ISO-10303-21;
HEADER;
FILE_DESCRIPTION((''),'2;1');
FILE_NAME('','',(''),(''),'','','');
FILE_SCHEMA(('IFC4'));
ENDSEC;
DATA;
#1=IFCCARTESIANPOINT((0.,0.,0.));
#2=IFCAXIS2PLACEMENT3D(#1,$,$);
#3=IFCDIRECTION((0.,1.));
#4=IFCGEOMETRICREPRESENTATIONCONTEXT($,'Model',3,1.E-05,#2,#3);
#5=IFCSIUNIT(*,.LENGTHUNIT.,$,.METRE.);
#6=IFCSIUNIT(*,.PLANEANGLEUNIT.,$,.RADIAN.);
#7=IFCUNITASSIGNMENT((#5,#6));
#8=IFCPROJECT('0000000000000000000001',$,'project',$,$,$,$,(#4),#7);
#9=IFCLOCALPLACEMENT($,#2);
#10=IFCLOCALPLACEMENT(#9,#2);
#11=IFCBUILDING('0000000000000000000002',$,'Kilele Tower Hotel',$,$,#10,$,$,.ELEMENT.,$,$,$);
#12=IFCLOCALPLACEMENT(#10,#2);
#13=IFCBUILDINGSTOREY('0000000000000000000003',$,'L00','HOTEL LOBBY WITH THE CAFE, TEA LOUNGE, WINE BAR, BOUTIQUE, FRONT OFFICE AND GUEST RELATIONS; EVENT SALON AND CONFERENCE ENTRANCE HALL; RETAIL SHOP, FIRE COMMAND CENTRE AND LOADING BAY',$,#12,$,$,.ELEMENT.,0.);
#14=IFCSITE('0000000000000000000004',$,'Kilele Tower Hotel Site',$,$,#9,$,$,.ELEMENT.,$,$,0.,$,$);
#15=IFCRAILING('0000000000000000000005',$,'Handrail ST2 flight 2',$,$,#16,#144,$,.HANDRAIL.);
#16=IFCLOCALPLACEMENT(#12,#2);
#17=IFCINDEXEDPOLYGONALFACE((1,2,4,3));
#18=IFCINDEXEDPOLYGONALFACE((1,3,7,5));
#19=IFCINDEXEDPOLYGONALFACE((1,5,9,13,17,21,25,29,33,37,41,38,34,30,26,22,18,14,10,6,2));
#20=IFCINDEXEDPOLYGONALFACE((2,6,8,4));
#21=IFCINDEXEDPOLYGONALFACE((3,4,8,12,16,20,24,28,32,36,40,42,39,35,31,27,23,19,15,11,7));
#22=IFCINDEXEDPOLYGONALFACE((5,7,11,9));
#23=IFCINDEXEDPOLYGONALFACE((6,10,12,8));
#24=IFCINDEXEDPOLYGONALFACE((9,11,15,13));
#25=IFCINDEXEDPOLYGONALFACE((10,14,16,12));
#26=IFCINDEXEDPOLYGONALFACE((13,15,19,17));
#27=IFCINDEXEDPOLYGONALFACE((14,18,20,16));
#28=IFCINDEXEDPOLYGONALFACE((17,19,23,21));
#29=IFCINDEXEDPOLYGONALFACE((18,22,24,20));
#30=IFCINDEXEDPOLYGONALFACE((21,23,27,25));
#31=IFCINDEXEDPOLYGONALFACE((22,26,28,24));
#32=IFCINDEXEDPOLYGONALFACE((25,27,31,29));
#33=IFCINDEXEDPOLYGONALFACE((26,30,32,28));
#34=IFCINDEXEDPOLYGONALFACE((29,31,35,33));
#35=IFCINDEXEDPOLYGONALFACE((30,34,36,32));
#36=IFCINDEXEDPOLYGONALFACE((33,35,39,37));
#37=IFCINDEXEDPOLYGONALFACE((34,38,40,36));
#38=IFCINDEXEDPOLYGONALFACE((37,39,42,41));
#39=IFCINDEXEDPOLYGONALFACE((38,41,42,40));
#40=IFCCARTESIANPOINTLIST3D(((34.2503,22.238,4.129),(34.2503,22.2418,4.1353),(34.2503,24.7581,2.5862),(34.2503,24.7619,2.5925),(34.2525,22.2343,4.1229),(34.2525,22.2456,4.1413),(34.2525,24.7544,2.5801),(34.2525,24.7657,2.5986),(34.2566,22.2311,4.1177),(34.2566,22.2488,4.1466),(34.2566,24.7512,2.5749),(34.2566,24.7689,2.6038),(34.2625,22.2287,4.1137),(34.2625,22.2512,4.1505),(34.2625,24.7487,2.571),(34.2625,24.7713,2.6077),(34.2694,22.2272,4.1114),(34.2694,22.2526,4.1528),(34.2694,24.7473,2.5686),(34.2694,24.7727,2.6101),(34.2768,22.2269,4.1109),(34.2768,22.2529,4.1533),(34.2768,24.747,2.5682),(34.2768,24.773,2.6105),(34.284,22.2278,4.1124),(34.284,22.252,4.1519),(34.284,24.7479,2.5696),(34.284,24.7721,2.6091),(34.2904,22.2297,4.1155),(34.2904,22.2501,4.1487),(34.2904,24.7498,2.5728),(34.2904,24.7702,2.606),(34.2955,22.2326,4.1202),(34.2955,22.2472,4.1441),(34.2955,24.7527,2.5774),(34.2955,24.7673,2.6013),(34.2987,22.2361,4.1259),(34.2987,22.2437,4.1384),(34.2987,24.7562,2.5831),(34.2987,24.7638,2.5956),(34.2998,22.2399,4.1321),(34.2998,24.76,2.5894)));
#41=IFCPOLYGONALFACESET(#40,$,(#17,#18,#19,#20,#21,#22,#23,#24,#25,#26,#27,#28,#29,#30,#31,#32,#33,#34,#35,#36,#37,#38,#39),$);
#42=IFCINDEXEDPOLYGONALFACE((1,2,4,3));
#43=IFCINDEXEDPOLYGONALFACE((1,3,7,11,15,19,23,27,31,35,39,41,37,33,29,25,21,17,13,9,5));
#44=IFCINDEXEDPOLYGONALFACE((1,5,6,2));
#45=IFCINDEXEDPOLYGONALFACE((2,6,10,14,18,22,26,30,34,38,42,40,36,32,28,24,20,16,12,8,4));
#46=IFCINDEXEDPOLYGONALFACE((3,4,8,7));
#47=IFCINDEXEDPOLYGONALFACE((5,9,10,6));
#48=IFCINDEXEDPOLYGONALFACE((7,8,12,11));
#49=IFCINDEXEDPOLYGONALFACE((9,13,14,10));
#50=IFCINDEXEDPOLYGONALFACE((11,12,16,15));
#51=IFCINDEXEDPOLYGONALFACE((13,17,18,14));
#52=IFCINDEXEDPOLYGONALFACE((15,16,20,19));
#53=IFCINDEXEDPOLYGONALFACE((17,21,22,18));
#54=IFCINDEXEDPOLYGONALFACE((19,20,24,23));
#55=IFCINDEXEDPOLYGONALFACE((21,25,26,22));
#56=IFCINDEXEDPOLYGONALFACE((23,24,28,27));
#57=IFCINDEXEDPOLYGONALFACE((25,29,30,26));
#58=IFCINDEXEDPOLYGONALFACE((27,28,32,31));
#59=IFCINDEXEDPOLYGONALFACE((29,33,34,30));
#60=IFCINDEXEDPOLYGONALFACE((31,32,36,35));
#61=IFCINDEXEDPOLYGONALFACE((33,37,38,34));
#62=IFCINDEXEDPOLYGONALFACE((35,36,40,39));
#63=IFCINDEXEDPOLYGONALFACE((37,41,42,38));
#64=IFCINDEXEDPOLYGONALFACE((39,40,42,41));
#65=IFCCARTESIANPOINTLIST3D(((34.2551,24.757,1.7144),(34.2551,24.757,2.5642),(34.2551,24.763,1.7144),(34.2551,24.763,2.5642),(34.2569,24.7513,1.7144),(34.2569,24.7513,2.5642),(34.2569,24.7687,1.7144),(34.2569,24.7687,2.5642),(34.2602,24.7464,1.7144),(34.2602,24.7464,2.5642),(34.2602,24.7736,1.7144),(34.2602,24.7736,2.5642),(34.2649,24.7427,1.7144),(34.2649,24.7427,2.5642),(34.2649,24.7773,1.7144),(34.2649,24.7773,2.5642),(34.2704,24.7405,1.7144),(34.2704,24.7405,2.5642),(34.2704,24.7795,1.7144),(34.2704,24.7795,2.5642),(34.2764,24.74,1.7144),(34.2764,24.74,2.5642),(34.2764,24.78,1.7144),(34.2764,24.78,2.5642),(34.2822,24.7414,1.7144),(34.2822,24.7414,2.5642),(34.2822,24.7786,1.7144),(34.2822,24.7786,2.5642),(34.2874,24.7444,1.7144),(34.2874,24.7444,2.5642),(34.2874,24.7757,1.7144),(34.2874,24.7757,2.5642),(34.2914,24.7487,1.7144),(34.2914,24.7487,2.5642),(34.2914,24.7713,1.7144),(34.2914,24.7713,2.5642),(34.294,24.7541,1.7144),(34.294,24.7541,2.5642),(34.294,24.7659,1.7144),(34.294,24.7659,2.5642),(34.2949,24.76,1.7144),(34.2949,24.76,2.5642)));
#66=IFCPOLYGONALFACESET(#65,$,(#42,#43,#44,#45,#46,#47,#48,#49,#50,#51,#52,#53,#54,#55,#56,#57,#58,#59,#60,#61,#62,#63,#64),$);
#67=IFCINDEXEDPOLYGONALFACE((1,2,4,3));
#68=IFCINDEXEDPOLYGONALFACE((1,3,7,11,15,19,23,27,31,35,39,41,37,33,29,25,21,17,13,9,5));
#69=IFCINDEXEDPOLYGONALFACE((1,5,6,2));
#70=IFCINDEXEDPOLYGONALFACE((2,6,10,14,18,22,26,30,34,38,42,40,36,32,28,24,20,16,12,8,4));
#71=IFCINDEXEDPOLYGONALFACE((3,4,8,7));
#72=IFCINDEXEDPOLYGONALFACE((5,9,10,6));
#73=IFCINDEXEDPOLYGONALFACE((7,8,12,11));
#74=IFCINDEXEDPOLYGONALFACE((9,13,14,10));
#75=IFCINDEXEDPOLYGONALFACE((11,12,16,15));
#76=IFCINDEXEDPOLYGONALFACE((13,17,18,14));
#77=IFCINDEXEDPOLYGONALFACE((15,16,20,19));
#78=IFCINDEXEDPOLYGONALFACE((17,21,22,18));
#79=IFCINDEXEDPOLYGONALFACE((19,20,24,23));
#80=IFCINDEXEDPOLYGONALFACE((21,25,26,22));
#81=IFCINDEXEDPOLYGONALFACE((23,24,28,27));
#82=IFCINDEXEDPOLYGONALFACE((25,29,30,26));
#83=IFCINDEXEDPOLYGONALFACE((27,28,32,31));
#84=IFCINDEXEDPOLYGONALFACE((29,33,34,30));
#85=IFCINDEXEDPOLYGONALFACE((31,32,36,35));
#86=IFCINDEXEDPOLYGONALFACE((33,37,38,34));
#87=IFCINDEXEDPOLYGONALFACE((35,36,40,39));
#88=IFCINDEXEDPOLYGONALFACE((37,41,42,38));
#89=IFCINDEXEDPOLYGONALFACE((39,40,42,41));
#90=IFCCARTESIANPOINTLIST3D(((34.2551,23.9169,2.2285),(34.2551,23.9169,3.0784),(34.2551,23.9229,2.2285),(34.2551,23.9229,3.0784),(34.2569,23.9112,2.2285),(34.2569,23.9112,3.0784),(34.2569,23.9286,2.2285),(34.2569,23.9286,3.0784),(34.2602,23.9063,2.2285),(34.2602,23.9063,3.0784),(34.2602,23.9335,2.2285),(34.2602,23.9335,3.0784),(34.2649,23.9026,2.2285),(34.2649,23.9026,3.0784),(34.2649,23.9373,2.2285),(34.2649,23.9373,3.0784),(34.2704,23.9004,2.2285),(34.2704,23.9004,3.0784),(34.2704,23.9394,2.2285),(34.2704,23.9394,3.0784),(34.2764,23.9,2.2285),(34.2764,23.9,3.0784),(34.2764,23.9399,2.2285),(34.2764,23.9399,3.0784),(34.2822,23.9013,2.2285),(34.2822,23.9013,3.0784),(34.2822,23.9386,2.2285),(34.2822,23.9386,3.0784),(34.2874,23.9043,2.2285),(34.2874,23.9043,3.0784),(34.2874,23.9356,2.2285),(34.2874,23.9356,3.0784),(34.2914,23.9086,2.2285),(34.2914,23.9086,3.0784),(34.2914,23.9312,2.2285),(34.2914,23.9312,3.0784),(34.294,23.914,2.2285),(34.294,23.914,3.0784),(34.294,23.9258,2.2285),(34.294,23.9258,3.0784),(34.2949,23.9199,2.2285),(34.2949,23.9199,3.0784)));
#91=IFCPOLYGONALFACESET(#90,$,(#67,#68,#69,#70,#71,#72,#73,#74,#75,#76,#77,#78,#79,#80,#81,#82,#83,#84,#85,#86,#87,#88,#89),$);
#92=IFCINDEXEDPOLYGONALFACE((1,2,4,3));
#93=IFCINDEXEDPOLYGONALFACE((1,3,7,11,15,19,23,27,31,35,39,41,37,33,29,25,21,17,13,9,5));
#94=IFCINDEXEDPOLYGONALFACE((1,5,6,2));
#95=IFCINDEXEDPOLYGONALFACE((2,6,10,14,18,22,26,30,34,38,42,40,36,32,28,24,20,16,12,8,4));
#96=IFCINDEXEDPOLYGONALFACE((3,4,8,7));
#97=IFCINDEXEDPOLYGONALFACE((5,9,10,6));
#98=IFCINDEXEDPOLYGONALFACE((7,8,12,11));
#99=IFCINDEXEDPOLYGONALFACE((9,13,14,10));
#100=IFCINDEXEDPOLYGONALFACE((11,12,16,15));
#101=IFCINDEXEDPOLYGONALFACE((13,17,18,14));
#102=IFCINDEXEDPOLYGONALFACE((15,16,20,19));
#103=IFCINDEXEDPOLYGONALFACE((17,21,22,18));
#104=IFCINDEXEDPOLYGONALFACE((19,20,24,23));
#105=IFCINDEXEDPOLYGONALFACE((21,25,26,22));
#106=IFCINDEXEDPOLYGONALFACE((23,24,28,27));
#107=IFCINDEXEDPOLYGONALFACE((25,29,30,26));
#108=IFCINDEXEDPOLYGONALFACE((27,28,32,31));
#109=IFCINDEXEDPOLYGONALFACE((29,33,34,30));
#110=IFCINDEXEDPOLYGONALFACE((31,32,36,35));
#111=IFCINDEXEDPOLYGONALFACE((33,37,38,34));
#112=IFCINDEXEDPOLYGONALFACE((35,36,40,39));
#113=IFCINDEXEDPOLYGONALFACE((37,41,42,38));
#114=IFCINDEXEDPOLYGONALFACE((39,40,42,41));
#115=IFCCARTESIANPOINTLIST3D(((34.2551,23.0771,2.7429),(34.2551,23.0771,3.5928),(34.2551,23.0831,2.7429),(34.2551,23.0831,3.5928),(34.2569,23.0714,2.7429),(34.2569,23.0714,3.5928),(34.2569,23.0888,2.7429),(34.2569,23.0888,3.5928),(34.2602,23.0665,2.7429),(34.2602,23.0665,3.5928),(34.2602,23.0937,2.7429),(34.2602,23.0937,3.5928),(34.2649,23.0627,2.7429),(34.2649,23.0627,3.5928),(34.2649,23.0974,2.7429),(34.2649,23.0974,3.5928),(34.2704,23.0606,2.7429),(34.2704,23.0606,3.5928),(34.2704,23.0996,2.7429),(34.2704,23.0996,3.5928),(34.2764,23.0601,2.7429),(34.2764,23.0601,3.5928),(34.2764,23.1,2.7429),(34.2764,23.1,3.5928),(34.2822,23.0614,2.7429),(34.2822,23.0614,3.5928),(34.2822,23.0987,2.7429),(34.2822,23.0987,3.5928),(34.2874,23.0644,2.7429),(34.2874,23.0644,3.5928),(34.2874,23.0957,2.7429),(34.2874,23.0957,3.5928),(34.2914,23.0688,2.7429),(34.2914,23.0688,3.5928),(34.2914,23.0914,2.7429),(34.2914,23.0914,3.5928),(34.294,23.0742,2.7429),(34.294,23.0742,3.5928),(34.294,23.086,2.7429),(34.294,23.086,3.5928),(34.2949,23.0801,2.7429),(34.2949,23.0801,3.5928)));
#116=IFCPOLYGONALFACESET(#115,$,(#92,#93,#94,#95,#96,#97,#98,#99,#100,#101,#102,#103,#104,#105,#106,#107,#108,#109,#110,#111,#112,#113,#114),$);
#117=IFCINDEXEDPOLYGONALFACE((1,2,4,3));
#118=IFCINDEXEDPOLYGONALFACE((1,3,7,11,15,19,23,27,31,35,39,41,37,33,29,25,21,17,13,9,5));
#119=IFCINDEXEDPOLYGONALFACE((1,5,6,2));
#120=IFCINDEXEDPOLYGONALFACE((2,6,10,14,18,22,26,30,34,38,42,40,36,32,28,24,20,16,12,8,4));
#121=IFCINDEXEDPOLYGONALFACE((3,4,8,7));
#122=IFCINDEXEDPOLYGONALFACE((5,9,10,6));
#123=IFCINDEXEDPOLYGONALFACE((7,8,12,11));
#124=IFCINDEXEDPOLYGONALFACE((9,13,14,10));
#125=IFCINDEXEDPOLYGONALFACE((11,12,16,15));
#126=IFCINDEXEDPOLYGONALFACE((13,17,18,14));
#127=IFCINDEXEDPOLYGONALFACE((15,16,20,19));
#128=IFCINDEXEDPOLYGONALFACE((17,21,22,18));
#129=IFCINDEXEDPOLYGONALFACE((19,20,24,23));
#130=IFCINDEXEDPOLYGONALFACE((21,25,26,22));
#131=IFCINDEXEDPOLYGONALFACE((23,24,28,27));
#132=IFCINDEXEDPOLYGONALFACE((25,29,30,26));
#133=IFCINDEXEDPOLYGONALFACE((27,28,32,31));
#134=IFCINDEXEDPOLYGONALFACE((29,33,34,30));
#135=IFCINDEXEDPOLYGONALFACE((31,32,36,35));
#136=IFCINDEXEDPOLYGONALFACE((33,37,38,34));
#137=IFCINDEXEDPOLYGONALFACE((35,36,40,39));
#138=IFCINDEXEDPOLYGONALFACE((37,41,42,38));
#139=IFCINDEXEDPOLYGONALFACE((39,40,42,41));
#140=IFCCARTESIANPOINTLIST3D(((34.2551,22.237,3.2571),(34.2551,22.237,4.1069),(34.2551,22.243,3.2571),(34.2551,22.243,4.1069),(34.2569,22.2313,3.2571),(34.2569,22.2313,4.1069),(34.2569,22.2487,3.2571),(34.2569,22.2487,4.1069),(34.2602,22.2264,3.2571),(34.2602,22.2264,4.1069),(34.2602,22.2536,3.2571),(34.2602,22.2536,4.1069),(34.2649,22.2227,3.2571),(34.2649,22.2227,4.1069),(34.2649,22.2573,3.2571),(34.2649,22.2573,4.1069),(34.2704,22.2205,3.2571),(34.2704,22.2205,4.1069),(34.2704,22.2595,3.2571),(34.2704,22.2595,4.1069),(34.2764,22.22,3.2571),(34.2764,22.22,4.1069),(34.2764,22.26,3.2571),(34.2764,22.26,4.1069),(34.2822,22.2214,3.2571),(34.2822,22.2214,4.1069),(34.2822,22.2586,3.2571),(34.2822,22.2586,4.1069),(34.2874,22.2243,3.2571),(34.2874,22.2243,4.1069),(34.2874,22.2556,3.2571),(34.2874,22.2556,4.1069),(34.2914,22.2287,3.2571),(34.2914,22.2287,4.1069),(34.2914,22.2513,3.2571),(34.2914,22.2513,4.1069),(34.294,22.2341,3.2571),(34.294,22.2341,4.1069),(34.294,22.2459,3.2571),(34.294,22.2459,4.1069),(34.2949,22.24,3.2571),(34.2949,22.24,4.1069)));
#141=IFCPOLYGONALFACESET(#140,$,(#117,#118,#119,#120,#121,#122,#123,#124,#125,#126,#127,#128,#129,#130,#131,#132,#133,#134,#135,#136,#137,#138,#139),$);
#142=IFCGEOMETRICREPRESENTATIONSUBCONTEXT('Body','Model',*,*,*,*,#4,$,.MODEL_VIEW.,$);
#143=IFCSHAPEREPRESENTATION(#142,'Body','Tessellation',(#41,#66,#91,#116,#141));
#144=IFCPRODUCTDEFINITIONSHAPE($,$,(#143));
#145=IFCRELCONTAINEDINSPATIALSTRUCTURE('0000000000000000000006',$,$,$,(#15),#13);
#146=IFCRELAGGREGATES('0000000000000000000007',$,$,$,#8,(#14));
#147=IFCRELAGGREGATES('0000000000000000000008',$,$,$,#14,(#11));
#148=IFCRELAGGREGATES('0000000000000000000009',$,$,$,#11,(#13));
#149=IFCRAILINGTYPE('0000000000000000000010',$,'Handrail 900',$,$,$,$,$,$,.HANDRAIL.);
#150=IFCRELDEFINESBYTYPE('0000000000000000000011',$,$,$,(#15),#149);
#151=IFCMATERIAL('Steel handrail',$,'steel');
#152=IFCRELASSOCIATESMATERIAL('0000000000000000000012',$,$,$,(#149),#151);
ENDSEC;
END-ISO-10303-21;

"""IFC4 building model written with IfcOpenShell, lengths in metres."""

from ifc_helpers import new_model, si_unit, direction, frame, origin, origin_2d, place, context, subcontext, project, spatial, circle, extrude, material, type_object, element, save


model = new_model("IFC4")

# Units and contexts
model_context = context("Model", 3, precision=1e-05, world=origin(), true_north=direction((0.0, 1.0)))
body_context = subcontext(model_context, "Body", "Model", "MODEL_VIEW")
ifc_project = project(units=[si_unit("LENGTHUNIT", "METRE"), si_unit("PLANEANGLEUNIT", "RADIAN")], contexts=[model_context])

# Site, building, storey
site_placement = place(None, origin())
site = spatial("IfcSite", under=ifc_project, at=site_placement, Name="Kilele Tower Hotel Site", CompositionType="ELEMENT", RefElevation=0.0)
building_placement = place(site_placement, origin())
building = spatial("IfcBuilding", under=site, at=building_placement, Name="Kilele Tower Hotel", CompositionType="ELEMENT")
storey_placement = place(building_placement, origin())
storey = spatial("IfcBuildingStorey", under=building, at=storey_placement, Name="L00", Description="HOTEL LOBBY WITH THE CAFE, TEA LOUNGE, WINE BAR, BOUTIQUE, FRONT OFFICE AND GUEST RELATIONS; EVENT SALON AND CONFERENCE ENTRANCE HALL; RETAIL SHOP, FIRE COMMAND CENTRE AND LOADING BAY", CompositionType="ELEMENT", Elevation=0.0)

# Railing
ifc_material_1 = material(Name="Steel handrail", Category="steel")
railing_type_1 = type_object("IfcRailingType", Name="Handrail 900", PredefinedType="HANDRAIL", material=ifc_material_1)
for number, where, name in (
    (1, (34.2749, 24.76, 1.7144), "Handrail ST2 flight 2"),
):
    element("IfcRailing", number, at=place(storey_placement, frame(where)), inside=storey, type_object=railing_type_1, Name=name, PredefinedType="HANDRAIL", context=body_context, shape_type="SweptSolid", body=[
        extrude(circle(Radius=0.0249, at=origin_2d()), frame((0.0, 0.0, 0.875), z_axis=(0.0, -0.852873, 0.522118), x_axis=(1.0, 0.0, 0.0)), (0.0, 0.0, 1.0), 2.9548),
        extrude(circle(Radius=0.02, at=origin_2d()), origin(), (0.0, 0.0, 1.0), 0.8499),
        extrude(circle(Radius=0.02, at=origin_2d()), frame((0.0, -0.8401, 0.5142)), (0.0, 0.0, 1.0), 0.8499),
        extrude(circle(Radius=0.02, at=origin_2d()), frame((0.0, -1.6799, 1.0286)), (0.0, 0.0, 1.0), 0.8499),
        extrude(circle(Radius=0.02, at=origin_2d()), frame((0.0, -2.52, 1.5427)), (0.0, 0.0, 1.0), 0.8499),
    ])

save(model, "model.ifc")
